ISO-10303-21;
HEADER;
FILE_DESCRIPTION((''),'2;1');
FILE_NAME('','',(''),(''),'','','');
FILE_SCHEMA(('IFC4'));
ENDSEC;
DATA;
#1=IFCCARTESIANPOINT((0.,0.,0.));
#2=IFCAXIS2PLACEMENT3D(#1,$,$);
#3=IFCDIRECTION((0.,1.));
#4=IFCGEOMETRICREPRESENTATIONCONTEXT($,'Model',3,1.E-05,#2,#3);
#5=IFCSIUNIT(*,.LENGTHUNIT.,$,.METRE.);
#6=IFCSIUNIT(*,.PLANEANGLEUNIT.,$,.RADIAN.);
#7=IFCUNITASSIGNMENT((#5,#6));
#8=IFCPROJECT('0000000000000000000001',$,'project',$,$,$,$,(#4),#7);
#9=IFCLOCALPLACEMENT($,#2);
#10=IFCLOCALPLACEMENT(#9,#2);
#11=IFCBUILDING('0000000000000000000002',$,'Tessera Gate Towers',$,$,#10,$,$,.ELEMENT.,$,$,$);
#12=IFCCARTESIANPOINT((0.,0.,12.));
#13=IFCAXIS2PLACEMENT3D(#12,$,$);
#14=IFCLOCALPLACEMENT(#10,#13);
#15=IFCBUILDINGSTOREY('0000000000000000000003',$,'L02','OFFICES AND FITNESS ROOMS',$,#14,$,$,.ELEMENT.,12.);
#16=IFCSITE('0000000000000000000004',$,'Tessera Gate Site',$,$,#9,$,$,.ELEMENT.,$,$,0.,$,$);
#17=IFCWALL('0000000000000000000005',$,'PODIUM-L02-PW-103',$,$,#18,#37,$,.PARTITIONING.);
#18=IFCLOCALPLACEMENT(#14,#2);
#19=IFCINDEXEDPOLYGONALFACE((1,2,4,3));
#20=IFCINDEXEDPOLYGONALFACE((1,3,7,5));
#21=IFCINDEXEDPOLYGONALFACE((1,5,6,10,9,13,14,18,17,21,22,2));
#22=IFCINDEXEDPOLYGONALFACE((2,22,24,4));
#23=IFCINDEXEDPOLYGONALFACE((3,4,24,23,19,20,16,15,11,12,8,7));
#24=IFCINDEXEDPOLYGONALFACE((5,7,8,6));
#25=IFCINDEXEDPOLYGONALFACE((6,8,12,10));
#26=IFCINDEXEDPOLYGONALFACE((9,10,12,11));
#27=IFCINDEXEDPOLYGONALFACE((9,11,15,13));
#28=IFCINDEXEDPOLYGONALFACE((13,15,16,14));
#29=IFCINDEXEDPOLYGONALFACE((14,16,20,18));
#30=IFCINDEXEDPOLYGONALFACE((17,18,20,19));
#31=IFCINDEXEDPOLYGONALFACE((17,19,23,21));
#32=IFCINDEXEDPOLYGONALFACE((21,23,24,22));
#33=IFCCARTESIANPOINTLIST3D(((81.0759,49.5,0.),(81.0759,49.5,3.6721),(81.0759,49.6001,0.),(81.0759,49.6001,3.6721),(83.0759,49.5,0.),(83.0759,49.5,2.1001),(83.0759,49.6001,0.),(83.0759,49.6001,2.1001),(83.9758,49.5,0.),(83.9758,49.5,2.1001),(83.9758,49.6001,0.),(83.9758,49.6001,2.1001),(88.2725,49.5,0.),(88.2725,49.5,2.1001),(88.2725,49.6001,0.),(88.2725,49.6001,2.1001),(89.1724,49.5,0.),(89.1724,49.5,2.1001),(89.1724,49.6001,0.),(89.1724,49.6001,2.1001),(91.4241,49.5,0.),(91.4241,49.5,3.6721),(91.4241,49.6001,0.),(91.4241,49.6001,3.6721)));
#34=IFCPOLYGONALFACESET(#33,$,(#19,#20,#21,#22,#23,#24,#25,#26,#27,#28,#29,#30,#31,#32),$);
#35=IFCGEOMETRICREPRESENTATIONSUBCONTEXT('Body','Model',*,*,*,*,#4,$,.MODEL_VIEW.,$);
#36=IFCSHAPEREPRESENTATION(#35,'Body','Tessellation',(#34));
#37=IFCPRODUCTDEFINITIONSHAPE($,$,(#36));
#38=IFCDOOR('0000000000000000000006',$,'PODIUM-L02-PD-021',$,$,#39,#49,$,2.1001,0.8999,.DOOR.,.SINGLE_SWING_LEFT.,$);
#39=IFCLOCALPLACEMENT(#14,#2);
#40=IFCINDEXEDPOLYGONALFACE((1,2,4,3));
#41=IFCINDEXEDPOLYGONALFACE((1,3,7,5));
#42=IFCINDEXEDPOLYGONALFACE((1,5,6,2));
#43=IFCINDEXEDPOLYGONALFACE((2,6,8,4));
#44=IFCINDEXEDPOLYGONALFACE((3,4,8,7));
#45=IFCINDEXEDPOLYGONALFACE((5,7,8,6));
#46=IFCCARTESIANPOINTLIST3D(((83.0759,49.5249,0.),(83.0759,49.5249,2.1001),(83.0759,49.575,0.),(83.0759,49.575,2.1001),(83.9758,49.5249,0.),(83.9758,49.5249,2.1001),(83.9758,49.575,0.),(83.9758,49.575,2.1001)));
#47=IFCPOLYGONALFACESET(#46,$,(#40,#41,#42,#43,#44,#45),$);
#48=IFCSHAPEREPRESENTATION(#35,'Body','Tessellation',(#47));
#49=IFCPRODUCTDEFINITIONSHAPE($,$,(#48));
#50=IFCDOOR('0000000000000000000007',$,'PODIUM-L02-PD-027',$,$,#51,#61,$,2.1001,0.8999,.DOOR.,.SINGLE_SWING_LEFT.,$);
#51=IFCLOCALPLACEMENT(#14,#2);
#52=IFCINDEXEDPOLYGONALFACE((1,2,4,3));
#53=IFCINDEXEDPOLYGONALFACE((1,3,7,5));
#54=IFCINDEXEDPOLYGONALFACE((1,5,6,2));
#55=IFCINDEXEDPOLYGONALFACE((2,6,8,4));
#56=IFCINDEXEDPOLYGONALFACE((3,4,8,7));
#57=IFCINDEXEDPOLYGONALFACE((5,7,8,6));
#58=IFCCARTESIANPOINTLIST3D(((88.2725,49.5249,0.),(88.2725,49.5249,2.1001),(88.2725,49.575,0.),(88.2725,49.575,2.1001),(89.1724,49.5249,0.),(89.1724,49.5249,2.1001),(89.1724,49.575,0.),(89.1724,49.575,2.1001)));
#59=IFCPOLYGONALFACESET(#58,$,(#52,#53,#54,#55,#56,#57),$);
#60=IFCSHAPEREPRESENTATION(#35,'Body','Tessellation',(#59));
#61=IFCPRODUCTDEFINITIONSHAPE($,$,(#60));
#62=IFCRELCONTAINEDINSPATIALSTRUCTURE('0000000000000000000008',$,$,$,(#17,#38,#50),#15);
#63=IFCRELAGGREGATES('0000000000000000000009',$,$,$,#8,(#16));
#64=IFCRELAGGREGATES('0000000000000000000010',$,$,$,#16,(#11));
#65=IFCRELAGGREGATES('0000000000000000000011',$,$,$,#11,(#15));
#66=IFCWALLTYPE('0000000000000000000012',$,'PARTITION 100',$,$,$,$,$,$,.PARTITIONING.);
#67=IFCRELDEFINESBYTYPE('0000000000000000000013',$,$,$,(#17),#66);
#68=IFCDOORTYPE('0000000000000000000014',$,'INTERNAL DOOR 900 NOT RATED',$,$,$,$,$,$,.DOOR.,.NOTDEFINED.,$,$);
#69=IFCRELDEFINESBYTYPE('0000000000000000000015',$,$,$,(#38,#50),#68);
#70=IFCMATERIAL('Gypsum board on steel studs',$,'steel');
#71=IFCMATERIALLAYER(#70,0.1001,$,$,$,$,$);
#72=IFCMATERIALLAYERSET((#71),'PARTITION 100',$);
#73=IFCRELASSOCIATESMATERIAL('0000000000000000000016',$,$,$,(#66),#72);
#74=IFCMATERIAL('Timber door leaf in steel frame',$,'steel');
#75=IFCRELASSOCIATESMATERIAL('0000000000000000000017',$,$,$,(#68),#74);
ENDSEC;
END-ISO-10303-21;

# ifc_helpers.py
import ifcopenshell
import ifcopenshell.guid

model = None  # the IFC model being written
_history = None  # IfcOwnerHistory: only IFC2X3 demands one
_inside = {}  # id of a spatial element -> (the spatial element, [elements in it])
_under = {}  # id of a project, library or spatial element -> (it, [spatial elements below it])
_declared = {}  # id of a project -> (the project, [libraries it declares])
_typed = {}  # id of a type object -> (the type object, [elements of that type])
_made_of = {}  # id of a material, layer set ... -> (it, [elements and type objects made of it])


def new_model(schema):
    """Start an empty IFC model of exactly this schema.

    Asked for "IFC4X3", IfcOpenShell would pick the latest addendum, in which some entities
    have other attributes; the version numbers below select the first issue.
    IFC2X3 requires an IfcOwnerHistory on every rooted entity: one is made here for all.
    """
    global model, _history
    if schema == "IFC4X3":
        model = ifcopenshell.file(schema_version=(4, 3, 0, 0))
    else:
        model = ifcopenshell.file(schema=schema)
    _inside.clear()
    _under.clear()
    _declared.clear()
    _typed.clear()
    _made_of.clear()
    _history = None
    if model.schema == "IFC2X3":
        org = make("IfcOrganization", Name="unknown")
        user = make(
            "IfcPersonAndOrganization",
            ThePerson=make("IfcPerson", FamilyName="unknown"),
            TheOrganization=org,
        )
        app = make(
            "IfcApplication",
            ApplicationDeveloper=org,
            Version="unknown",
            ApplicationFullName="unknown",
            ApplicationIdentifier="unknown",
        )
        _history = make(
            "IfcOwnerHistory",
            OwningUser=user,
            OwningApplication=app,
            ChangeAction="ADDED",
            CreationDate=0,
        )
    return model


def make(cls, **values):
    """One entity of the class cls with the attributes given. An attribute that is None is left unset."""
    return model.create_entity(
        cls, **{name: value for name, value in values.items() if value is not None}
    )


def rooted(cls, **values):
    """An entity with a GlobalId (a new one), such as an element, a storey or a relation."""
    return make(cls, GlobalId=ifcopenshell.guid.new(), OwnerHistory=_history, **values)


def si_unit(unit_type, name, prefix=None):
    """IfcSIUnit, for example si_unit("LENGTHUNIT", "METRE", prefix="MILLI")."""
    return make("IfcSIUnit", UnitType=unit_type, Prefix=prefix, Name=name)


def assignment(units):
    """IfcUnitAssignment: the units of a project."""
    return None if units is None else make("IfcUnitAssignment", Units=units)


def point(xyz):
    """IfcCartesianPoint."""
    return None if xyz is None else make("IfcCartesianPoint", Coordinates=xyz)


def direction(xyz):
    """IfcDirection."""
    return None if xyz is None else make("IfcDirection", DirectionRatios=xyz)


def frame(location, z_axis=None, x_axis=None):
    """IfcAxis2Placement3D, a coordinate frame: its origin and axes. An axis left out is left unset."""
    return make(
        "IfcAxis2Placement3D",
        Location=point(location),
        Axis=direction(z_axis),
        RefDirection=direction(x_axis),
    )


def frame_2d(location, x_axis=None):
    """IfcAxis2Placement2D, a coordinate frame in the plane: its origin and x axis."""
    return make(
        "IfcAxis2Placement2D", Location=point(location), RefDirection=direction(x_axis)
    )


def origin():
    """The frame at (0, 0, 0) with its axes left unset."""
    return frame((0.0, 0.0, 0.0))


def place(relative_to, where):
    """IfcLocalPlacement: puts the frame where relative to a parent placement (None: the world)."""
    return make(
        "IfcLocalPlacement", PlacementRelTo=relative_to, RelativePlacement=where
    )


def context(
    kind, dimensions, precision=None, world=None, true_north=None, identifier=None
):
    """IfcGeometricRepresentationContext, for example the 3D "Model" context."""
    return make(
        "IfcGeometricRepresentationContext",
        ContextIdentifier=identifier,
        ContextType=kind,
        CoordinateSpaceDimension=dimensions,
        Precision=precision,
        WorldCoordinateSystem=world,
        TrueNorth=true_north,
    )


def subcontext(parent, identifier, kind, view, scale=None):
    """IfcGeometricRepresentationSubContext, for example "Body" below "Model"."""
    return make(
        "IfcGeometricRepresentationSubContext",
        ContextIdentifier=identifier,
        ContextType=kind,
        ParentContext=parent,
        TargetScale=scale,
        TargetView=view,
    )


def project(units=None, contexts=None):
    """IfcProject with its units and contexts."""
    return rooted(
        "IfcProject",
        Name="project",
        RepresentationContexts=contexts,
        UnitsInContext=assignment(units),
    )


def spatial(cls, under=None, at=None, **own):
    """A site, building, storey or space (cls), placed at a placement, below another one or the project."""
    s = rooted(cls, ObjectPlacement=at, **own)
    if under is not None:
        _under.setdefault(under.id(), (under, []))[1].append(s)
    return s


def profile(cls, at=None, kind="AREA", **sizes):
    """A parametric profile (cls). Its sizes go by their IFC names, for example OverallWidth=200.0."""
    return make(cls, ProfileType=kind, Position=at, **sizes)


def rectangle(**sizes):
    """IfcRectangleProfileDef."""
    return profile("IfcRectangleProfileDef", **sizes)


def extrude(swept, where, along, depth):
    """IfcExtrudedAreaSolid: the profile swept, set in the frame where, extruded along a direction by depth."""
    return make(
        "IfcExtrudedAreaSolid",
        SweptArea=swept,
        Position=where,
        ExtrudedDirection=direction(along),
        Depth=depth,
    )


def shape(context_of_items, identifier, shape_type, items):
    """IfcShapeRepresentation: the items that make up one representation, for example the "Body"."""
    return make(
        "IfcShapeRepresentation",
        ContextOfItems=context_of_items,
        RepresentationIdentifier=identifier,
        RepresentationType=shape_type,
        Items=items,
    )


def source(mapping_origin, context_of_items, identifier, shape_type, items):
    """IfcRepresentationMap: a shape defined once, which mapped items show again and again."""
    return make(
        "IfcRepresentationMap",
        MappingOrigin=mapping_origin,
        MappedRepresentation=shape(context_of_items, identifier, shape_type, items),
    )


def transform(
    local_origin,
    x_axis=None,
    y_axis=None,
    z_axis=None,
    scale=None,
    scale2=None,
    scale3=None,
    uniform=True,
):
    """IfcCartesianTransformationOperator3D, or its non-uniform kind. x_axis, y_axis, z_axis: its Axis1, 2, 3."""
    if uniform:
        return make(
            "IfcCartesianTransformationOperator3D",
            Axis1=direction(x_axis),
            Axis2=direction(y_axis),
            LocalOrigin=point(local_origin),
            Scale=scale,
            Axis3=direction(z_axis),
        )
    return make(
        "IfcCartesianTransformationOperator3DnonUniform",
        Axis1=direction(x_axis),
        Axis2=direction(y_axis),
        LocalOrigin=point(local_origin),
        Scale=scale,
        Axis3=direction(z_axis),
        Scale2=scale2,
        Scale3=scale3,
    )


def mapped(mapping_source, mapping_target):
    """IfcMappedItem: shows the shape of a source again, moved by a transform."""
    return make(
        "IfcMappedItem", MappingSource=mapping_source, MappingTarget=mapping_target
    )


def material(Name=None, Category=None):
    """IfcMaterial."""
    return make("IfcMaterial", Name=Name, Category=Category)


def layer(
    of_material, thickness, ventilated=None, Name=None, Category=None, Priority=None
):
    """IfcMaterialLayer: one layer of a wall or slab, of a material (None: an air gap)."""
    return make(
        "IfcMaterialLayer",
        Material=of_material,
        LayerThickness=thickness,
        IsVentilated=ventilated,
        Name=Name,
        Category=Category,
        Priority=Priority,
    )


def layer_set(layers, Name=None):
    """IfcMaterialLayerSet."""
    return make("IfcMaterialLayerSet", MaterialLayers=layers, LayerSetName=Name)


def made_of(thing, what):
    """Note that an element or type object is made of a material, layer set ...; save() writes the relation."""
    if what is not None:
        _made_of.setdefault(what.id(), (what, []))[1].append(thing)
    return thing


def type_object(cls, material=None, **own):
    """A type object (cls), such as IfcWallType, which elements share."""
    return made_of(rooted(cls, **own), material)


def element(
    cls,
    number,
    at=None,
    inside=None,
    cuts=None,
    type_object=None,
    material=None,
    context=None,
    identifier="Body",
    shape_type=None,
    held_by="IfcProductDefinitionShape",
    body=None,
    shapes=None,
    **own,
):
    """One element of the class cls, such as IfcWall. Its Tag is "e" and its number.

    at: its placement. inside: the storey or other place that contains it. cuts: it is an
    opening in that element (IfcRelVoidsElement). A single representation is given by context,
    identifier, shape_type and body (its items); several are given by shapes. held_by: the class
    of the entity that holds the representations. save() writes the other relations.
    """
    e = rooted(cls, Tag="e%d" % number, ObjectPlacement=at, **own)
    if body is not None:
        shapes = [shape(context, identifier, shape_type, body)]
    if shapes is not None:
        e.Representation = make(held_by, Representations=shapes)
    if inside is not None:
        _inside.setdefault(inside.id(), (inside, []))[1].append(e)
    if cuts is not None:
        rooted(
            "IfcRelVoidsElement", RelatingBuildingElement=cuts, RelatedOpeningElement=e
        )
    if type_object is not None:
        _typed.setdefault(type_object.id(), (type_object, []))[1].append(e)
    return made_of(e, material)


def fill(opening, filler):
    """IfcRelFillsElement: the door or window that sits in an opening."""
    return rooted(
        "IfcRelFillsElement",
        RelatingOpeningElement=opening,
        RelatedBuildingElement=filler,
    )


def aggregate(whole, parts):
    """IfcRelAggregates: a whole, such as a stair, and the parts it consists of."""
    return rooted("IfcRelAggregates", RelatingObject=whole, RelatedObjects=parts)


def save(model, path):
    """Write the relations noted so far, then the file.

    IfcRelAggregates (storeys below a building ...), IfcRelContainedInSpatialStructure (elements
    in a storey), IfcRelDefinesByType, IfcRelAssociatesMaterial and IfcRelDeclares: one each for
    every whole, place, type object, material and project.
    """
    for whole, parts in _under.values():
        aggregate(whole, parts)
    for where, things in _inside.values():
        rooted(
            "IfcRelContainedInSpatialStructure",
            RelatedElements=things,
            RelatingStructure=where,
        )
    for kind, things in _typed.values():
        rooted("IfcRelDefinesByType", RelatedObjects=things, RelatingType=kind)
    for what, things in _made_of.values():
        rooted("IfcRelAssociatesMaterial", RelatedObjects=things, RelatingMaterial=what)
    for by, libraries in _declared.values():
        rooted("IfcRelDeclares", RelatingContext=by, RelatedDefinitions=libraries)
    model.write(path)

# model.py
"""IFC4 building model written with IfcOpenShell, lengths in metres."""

from ifc_helpers import new_model, si_unit, direction, frame, frame_2d, origin, place, context, subcontext, project, spatial, rectangle, extrude, source, transform, mapped, material, layer, layer_set, type_object, element, fill, save


model = new_model("IFC4")

# Units and contexts
model_context = context("Model", 3, precision=1e-05, world=origin(), true_north=direction((0.0, 1.0)))
body_context = subcontext(model_context, "Body", "Model", "MODEL_VIEW")
ifc_project = project(units=[si_unit("LENGTHUNIT", "METRE"), si_unit("PLANEANGLEUNIT", "RADIAN")], contexts=[model_context])

# Site, building, storey
site_placement = place(None, origin())
site = spatial("IfcSite", under=ifc_project, at=site_placement, Name="Tessera Gate Site", CompositionType="ELEMENT", RefElevation=0.0)
building_placement = place(site_placement, origin())
building = spatial("IfcBuilding", under=site, at=building_placement, Name="Tessera Gate Towers", CompositionType="ELEMENT")
storey_placement = place(building_placement, frame((0.0, 0.0, 12.0)))
storey = spatial("IfcBuildingStorey", under=building, at=storey_placement, Name="L02", Description="OFFICES AND FITNESS ROOMS", CompositionType="ELEMENT", Elevation=12.0)

# Shared definitions
ifc_material_1 = material(Name="Gypsum board on steel studs", Category="steel")
ifc_layer_1 = layer(ifc_material_1, 0.1001)
ifc_layer_set_1 = layer_set([ifc_layer_1], Name="PARTITION 100")
wall_type = type_object("IfcWallType", Name="PARTITION 100", PredefinedType="PARTITIONING", material=ifc_layer_set_1)

# Wall, openings, doors
wall_1_placement = place(storey_placement, frame((81.0759, 49.55, 0.0), z_axis=(0.0, 0.0, 1.0), x_axis=(1.0, 0.0, 0.0)))
wall_1 = element("IfcWall", 1, at=wall_1_placement, inside=storey, type_object=wall_type, Name="PODIUM-L02-PW-103", PredefinedType="PARTITIONING", context=body_context, shape_type="SweptSolid", body=[
    extrude(rectangle(XDim=10.3481, YDim=0.1001, at=frame_2d((5.1741, 0.0))), origin(), (0.0, 0.0, 1.0), 3.6721),
])
shared_shape_1 = source(origin(), body_context, "Body", "SweptSolid", [
    extrude(rectangle(XDim=0.8999, YDim=2.1001, at=frame_2d((0.45, 1.05))), frame((0.0, 0.0601, 0.0), z_axis=(0.0, -1.0, 0.0), x_axis=(1.0, 0.0, 0.0)), (0.0, 0.0, 1.0), 0.1201),
])
opening_1_placement = place(wall_1_placement, frame((2.0, 0.0, 0.0)))
opening_1 = element("IfcOpeningElement", 2, at=opening_1_placement, cuts=wall_1, PredefinedType="OPENING", context=body_context, shape_type="MappedRepresentation", body=[
    mapped(shared_shape_1, transform((0.0, 0.0, 0.0), scale=1.0)),
])
opening_2_placement = place(wall_1_placement, frame((7.1965, 0.0, 0.0)))
opening_2 = element("IfcOpeningElement", 3, at=opening_2_placement, cuts=wall_1, PredefinedType="OPENING", context=body_context, shape_type="MappedRepresentation", body=[
    mapped(shared_shape_1, transform((0.0, 0.0, 0.0), scale=1.0)),
])
ifc_material_2 = material(Name="Timber door leaf in steel frame", Category="steel")
door_type = type_object("IfcDoorType", Name="INTERNAL DOOR 900 NOT RATED", OperationType="NOTDEFINED", PredefinedType="DOOR", material=ifc_material_2)
shared_shape_2 = source(origin(), body_context, "Body", "SweptSolid", [
    extrude(rectangle(XDim=0.8999, YDim=2.1001, at=frame_2d((0.45, 1.05))), frame((0.0, 0.0249, 0.0), z_axis=(0.0, -1.0, 0.0), x_axis=(1.0, 0.0, 0.0)), (0.0, 0.0, 1.0), 0.05),
])
door_1_placement = place(opening_1_placement, origin())
door_1 = element("IfcDoor", 4, at=door_1_placement, inside=storey, type_object=door_type, Name="PODIUM-L02-PD-021", OperationType="SINGLE_SWING_LEFT", OverallHeight=2.1001, OverallWidth=0.8999, PredefinedType="DOOR", context=body_context, shape_type="MappedRepresentation", body=[
    mapped(shared_shape_2, transform((0.0, 0.0, 0.0), scale=1.0)),
])
fill(opening_1, door_1)
door_2_placement = place(opening_2_placement, origin())
door_2 = element("IfcDoor", 5, at=door_2_placement, inside=storey, type_object=door_type, Name="PODIUM-L02-PD-027", OperationType="SINGLE_SWING_LEFT", OverallHeight=2.1001, OverallWidth=0.8999, PredefinedType="DOOR", context=body_context, shape_type="MappedRepresentation", body=[
    mapped(shared_shape_2, transform((0.0, 0.0, 0.0), scale=1.0)),
])
fill(opening_2, door_2)

save(model, "model.ifc")
